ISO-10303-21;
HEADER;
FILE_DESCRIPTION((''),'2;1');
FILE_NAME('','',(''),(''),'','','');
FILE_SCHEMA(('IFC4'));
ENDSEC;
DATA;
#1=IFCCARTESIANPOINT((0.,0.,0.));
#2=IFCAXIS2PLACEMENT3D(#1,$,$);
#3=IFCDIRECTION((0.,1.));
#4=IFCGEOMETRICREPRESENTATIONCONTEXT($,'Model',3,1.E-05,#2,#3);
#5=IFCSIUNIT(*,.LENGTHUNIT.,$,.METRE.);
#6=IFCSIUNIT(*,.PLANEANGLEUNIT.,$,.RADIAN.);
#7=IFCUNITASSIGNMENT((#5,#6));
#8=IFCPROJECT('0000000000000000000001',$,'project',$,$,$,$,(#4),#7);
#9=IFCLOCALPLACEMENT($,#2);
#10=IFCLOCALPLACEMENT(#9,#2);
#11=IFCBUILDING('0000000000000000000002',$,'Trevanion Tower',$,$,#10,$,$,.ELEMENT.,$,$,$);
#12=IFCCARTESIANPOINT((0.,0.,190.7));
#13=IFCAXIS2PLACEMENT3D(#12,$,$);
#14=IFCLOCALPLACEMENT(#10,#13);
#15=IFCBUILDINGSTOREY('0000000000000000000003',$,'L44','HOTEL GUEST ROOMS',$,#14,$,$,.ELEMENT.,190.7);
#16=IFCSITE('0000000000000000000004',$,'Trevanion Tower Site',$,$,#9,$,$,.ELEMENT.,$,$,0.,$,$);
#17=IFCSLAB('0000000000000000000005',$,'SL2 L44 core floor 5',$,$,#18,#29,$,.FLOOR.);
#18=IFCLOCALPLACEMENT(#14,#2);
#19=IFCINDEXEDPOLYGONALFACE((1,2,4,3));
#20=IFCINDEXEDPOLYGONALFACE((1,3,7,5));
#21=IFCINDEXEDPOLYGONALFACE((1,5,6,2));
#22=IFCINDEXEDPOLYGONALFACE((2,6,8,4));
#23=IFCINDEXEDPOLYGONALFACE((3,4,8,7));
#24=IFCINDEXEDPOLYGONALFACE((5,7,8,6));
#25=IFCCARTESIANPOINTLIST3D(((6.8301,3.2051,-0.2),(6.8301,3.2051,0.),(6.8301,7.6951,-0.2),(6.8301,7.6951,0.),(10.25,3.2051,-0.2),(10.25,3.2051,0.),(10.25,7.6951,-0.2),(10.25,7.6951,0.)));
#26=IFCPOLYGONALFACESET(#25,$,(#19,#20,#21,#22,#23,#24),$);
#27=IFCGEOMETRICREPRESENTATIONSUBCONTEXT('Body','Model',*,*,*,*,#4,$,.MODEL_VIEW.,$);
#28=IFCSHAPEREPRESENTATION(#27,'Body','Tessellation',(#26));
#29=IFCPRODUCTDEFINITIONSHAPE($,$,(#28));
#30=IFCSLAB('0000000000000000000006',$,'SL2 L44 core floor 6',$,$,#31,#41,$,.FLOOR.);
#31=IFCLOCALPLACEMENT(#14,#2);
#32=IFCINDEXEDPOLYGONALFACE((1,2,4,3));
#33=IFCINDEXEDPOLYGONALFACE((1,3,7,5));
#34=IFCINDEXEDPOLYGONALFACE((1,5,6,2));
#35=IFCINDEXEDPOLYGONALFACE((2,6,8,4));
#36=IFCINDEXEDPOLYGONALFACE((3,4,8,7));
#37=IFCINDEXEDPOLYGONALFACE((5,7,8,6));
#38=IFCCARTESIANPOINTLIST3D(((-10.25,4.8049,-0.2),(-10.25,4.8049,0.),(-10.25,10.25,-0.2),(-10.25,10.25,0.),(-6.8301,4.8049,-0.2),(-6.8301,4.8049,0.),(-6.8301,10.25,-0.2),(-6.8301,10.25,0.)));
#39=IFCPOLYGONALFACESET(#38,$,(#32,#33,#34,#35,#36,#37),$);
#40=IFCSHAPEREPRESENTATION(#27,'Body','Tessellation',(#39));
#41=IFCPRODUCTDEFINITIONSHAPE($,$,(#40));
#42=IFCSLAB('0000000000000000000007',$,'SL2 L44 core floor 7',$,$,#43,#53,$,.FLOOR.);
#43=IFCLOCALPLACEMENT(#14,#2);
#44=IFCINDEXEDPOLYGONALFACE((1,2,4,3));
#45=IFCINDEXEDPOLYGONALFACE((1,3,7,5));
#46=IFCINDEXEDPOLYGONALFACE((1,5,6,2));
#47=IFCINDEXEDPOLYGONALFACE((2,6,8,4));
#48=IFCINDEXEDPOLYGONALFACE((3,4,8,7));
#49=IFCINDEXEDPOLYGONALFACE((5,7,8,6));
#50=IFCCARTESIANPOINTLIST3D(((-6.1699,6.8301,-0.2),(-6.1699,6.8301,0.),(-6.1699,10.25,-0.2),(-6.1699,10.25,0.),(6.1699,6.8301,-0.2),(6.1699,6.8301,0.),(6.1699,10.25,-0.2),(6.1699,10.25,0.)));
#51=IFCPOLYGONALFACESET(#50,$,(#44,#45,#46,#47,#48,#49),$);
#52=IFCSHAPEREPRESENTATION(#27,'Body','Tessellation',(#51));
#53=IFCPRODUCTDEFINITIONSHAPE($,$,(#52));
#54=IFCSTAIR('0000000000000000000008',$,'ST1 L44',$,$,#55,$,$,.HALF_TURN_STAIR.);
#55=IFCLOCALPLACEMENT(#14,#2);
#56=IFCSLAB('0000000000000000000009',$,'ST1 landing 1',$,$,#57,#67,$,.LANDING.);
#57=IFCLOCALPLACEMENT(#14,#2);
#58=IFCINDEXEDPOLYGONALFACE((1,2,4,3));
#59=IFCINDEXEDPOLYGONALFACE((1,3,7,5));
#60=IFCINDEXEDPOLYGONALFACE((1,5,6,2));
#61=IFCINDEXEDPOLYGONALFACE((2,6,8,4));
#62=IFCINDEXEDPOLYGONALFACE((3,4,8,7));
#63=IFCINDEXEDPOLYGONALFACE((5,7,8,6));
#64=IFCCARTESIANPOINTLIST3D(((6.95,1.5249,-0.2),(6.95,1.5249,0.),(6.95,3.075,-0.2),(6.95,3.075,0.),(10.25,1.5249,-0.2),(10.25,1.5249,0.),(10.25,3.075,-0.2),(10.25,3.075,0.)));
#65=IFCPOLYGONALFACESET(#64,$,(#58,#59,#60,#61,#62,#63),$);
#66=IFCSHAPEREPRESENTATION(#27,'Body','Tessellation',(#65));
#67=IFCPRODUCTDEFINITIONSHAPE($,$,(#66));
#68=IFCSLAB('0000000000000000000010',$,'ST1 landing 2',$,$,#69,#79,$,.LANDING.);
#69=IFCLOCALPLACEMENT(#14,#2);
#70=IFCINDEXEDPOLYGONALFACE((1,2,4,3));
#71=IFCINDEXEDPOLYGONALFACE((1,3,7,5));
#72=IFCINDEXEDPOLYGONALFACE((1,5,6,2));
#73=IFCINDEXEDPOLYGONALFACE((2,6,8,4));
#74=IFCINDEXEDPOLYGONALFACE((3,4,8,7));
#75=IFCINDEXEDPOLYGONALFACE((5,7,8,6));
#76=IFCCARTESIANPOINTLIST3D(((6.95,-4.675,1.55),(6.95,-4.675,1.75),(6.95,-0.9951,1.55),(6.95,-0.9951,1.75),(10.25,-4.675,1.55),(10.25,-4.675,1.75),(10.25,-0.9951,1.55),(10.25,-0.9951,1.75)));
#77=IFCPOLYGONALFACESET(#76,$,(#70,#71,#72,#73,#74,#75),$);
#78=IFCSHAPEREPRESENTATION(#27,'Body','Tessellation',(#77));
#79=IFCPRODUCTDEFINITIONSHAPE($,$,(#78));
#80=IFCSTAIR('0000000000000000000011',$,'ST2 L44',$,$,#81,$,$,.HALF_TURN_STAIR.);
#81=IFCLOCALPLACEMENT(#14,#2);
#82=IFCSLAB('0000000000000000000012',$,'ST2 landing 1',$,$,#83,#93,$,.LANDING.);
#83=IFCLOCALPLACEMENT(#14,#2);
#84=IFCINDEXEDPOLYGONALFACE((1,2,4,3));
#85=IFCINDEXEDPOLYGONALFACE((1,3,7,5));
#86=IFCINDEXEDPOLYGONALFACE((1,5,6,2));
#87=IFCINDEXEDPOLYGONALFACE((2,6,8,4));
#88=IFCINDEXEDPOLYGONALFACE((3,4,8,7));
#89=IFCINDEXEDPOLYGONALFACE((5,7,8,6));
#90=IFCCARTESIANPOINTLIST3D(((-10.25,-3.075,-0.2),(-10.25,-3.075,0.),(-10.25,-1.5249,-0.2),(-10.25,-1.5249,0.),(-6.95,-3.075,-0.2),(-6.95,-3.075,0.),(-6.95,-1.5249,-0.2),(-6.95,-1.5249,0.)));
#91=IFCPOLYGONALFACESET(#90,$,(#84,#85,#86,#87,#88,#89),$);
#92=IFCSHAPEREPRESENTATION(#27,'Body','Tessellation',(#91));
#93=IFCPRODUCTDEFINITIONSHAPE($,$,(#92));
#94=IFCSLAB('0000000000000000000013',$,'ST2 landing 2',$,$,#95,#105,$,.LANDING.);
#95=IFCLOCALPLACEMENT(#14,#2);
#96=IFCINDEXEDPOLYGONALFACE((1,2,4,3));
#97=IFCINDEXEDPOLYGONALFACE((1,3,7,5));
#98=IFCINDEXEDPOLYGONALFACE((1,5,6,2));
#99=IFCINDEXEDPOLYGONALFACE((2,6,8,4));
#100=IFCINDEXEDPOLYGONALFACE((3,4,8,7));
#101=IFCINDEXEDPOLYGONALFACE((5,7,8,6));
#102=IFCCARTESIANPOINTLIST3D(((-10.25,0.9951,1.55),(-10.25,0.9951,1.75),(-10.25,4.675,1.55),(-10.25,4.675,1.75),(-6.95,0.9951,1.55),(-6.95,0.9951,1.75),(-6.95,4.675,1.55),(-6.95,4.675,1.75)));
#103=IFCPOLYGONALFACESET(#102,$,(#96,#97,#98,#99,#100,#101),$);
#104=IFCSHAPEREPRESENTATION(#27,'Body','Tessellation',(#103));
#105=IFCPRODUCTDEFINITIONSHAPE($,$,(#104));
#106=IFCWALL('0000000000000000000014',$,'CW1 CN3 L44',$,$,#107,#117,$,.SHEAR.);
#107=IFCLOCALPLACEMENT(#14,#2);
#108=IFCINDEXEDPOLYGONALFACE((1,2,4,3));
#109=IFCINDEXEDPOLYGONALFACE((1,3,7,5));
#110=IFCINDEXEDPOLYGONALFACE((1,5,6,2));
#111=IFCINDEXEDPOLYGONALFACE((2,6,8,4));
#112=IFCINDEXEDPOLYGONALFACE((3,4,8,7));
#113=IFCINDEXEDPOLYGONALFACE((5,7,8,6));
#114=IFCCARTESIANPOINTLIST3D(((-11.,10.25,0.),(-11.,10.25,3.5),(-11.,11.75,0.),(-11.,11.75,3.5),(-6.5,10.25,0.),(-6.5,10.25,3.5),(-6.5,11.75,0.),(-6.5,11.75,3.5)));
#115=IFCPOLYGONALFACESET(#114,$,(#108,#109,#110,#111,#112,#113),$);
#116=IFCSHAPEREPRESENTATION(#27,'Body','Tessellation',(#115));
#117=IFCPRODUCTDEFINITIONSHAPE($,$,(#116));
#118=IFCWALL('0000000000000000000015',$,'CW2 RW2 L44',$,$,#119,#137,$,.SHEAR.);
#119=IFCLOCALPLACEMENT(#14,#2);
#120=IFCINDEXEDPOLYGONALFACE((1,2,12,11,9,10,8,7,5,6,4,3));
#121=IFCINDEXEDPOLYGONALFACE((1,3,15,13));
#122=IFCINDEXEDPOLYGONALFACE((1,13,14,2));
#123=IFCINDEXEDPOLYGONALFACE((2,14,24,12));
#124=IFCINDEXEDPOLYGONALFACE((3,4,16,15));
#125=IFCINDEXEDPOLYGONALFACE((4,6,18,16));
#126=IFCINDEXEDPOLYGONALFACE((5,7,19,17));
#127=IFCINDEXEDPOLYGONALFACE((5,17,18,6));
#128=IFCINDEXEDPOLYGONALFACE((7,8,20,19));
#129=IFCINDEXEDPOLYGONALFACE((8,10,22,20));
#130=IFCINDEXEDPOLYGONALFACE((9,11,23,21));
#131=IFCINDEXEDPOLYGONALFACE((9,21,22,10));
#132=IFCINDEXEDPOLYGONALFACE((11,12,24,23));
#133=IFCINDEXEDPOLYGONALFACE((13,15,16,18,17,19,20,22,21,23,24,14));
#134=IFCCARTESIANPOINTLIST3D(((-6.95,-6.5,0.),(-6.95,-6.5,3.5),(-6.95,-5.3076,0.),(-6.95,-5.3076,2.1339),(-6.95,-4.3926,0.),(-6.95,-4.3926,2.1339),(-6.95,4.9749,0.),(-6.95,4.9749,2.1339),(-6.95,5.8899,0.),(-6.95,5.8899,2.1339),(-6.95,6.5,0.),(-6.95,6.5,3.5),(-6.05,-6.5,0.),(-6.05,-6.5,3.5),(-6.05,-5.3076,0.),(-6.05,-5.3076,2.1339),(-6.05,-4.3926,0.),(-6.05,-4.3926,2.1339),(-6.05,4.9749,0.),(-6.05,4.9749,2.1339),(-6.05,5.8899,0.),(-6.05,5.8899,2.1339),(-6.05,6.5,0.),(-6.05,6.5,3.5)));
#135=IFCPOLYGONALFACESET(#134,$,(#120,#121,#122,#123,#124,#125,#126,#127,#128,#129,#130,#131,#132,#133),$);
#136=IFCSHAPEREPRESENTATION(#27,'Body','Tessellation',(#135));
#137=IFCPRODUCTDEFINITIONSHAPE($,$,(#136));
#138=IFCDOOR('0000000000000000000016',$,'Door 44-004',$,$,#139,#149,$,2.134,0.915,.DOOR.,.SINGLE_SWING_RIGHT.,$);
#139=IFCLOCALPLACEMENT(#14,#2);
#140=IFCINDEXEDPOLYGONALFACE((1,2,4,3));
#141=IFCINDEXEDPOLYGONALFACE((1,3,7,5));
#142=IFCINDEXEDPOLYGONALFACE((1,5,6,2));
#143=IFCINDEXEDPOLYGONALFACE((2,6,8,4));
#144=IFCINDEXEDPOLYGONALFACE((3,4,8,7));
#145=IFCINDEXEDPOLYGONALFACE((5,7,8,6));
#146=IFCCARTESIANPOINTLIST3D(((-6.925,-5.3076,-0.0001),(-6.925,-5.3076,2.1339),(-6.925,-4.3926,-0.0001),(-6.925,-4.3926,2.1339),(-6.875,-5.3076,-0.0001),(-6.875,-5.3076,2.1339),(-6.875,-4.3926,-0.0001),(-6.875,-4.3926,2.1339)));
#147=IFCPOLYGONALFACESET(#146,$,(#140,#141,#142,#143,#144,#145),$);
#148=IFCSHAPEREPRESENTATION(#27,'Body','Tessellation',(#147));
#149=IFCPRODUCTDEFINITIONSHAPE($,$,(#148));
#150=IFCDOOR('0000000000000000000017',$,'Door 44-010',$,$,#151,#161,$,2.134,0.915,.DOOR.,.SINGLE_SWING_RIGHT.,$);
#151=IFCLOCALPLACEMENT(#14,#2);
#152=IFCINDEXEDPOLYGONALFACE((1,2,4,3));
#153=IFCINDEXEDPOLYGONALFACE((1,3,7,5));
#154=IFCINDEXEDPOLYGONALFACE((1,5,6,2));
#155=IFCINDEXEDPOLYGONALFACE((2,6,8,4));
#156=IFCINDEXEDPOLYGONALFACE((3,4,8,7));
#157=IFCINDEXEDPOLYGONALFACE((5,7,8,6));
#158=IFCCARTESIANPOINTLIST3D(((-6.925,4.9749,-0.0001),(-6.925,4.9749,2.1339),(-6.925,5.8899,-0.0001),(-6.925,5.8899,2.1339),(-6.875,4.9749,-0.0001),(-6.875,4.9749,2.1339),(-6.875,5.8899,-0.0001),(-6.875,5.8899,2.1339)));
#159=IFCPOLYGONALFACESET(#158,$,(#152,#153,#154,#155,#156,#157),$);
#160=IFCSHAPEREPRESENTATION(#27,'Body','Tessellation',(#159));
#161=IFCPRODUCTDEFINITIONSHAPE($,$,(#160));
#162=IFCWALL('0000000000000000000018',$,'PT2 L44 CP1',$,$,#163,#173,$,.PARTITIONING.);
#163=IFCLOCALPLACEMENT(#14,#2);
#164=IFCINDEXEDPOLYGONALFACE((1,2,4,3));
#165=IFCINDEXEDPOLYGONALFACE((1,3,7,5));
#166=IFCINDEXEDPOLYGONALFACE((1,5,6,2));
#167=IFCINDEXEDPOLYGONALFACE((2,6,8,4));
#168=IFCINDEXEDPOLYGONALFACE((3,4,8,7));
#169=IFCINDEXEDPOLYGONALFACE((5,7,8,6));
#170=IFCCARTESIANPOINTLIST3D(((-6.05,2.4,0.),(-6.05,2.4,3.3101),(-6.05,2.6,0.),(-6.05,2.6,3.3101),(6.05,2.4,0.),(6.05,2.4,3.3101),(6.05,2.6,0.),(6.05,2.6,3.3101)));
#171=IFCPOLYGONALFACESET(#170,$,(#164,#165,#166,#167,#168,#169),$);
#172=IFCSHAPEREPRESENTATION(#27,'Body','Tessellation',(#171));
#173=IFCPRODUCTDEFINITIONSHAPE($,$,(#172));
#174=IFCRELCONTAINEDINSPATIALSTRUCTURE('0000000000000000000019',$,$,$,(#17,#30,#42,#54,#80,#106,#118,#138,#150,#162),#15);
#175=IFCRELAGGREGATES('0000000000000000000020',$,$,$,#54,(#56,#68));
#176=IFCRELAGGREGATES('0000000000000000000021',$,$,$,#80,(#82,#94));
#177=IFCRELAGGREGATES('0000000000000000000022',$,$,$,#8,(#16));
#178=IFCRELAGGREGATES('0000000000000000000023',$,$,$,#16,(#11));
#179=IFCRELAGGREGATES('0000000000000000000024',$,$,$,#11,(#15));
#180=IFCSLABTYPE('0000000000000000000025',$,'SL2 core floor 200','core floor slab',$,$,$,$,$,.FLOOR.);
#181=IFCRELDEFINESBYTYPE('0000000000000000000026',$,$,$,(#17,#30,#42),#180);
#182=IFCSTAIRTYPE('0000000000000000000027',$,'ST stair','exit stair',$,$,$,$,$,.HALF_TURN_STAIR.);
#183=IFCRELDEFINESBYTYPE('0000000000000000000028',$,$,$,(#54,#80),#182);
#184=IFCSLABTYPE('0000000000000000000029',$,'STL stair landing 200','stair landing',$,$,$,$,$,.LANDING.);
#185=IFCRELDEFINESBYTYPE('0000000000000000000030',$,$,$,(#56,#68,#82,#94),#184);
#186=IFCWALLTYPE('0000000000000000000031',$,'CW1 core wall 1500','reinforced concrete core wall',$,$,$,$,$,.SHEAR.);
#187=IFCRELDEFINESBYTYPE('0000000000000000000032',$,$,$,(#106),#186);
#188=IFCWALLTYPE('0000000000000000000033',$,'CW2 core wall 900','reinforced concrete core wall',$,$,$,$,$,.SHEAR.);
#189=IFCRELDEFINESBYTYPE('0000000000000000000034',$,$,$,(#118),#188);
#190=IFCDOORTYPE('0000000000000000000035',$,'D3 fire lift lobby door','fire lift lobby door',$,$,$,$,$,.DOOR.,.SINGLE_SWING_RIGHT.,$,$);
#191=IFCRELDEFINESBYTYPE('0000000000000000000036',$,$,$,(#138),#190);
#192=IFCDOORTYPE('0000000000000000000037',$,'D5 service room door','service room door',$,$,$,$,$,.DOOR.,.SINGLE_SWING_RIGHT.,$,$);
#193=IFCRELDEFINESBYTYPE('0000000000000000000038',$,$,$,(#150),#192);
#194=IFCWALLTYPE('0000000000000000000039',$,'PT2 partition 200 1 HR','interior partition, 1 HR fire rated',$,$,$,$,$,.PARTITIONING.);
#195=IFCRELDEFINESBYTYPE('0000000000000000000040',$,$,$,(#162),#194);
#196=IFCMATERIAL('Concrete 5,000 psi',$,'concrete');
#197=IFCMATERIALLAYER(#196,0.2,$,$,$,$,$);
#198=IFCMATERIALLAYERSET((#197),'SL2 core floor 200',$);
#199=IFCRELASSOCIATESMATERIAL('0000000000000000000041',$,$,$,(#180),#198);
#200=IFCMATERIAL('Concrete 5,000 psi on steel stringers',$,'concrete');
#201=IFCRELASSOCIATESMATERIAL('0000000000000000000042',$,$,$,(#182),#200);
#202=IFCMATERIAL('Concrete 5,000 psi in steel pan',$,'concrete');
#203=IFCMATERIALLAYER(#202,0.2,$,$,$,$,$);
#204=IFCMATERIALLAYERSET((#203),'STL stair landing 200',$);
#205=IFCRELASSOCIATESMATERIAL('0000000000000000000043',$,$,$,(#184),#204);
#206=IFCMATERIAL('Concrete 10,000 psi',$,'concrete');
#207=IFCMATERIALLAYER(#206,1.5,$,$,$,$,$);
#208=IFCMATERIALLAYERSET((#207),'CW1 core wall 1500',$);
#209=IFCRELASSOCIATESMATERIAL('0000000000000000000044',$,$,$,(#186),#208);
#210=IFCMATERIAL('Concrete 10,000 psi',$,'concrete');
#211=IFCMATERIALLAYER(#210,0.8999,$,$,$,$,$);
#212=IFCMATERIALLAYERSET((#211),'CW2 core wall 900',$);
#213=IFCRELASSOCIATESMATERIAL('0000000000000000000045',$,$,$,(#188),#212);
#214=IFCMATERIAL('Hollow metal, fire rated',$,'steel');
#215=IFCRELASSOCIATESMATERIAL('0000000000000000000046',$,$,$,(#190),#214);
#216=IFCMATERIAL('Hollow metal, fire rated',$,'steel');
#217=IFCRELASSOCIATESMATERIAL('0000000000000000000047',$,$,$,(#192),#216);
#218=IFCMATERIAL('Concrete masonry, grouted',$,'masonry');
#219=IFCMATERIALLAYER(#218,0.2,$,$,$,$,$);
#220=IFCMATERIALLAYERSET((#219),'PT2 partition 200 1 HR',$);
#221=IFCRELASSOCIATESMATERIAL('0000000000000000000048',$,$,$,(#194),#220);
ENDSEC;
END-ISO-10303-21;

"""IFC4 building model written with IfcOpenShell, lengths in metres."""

from ifc_helpers import new_model, si_unit, direction, frame, frame_2d, origin, place, context, subcontext, project, spatial, polyline, rectangle, outline, extrude, material, layer, layer_set, type_object, element, fill, aggregate, save


model = new_model("IFC4")

# Units and contexts
model_context = context("Model", 3, precision=1e-05, world=origin(), true_north=direction((0.0, 1.0)))
body_context = subcontext(model_context, "Body", "Model", "MODEL_VIEW")
ifc_project = project(units=[si_unit("LENGTHUNIT", "METRE"), si_unit("PLANEANGLEUNIT", "RADIAN")], contexts=[model_context])

# Site, building, storey
site_placement = place(None, origin())
site = spatial("IfcSite", under=ifc_project, at=site_placement, Name="Trevanion Tower Site", CompositionType="ELEMENT", RefElevation=0.0)
building_placement = place(site_placement, origin())
building = spatial("IfcBuilding", under=site, at=building_placement, Name="Trevanion Tower", CompositionType="ELEMENT")
storey_placement = place(building_placement, frame((0.0, 0.0, 190.7)))
storey = spatial("IfcBuildingStorey", under=building, at=storey_placement, Name="L44", Description="HOTEL GUEST ROOMS", CompositionType="ELEMENT", Elevation=190.7)

# Slabs
ifc_material_1 = material(Name="Concrete 5,000 psi", Category="concrete")
ifc_layer_1 = layer(ifc_material_1, 0.2)
ifc_layer_set_1 = layer_set([ifc_layer_1], Name="SL2 core floor 200")
slab_type_1 = type_object("IfcSlabType", Name="SL2 core floor 200", Description="core floor slab", PredefinedType="FLOOR", material=ifc_layer_set_1)
slab_1_placement = place(storey_placement, frame((0.0, 0.0, -0.2)))
element("IfcSlab", 1, at=slab_1_placement, inside=storey, type_object=slab_type_1, Name="SL2 L44 core floor 5", PredefinedType="FLOOR", context=body_context, shape_type="SweptSolid", body=[
    extrude(outline(polyline([(6.8301, 3.2051), (6.8301, 7.6951), (10.25, 7.6951), (10.25, 3.2051), (6.8301, 3.2051)])), origin(), (0.0, 0.0, 1.0), 0.2),
])
slab_2_placement = place(storey_placement, frame((0.0, 0.0, -0.2)))
element("IfcSlab", 2, at=slab_2_placement, inside=storey, type_object=slab_type_1, Name="SL2 L44 core floor 6", PredefinedType="FLOOR", context=body_context, shape_type="SweptSolid", body=[
    extrude(outline(polyline([(-6.8301, 4.8049), (-10.25, 4.8049), (-10.25, 10.25), (-6.8301, 10.25), (-6.8301, 4.8049)])), origin(), (0.0, 0.0, 1.0), 0.2),
])
slab_3_placement = place(storey_placement, frame((0.0, 0.0, -0.2)))
element("IfcSlab", 3, at=slab_3_placement, inside=storey, type_object=slab_type_1, Name="SL2 L44 core floor 7", PredefinedType="FLOOR", context=body_context, shape_type="SweptSolid", body=[
    extrude(outline(polyline([(6.1699, 6.8301), (-6.1699, 6.8301), (-6.1699, 10.25), (6.1699, 10.25), (6.1699, 6.8301)])), origin(), (0.0, 0.0, 1.0), 0.2),
])

# Stairs, slabs
ifc_material_2 = material(Name="Concrete 5,000 psi on steel stringers", Category="concrete")
stair_type = type_object("IfcStairType", Name="ST stair", Description="exit stair", PredefinedType="HALF_TURN_STAIR", material=ifc_material_2)
stair_1_placement = place(storey_placement, origin())
stair_1 = element("IfcStair", 4, at=stair_1_placement, inside=storey, type_object=stair_type, Name="ST1 L44", PredefinedType="HALF_TURN_STAIR")
ifc_material_3 = material(Name="Concrete 5,000 psi in steel pan", Category="concrete")
ifc_layer_2 = layer(ifc_material_3, 0.2)
ifc_layer_set_2 = layer_set([ifc_layer_2], Name="STL stair landing 200")
slab_type_2 = type_object("IfcSlabType", Name="STL stair landing 200", Description="stair landing", PredefinedType="LANDING", material=ifc_layer_set_2)
slab_4_placement = place(storey_placement, frame((0.0, 0.0, -0.2)))
slab_4 = element("IfcSlab", 5, at=slab_4_placement, type_object=slab_type_2, Name="ST1 landing 1", PredefinedType="LANDING", context=body_context, shape_type="SweptSolid", body=[
    extrude(outline(polyline([(6.95, 1.5249), (10.25, 1.5249), (10.25, 3.075), (6.95, 3.075), (6.95, 1.5249)])), origin(), (0.0, 0.0, 1.0), 0.2),
])
slab_5_placement = place(storey_placement, frame((0.0, 0.0, 1.55)))
slab_5 = element("IfcSlab", 6, at=slab_5_placement, type_object=slab_type_2, Name="ST1 landing 2", PredefinedType="LANDING", context=body_context, shape_type="SweptSolid", body=[
    extrude(outline(polyline([(6.95, -4.675), (10.25, -4.675), (10.25, -0.9951), (6.95, -0.9951), (6.95, -4.675)])), origin(), (0.0, 0.0, 1.0), 0.2),
])
aggregate(stair_1, [slab_4, slab_5])
stair_2_placement = place(storey_placement, origin())
stair_2 = element("IfcStair", 7, at=stair_2_placement, inside=storey, type_object=stair_type, Name="ST2 L44", PredefinedType="HALF_TURN_STAIR")
slab_6_placement = place(storey_placement, frame((0.0, 0.0, -0.2)))
slab_6 = element("IfcSlab", 8, at=slab_6_placement, type_object=slab_type_2, Name="ST2 landing 1", PredefinedType="LANDING", context=body_context, shape_type="SweptSolid", body=[
    extrude(outline(polyline([(-6.95, -1.5249), (-10.25, -1.5249), (-10.25, -3.075), (-6.95, -3.075), (-6.95, -1.5249)])), origin(), (0.0, 0.0, 1.0), 0.2),
])
slab_7_placement = place(storey_placement, frame((0.0, 0.0, 1.55)))
slab_7 = element("IfcSlab", 9, at=slab_7_placement, type_object=slab_type_2, Name="ST2 landing 2", PredefinedType="LANDING", context=body_context, shape_type="SweptSolid", body=[
    extrude(outline(polyline([(-6.95, 4.675), (-10.25, 4.675), (-10.25, 0.9951), (-6.95, 0.9951), (-6.95, 4.675)])), origin(), (0.0, 0.0, 1.0), 0.2),
])

# Wall
ifc_material_4 = material(Name="Concrete 10,000 psi", Category="concrete")
ifc_layer_3 = layer(ifc_material_4, 1.5)
ifc_layer_set_3 = layer_set([ifc_layer_3], Name="CW1 core wall 1500")
wall_type_1 = type_object("IfcWallType", Name="CW1 core wall 1500", Description="reinforced concrete core wall", PredefinedType="SHEAR", material=ifc_layer_set_3)
wall_1_placement = place(storey_placement, frame((-6.5, 11.0, 0.0), z_axis=(0.0, 0.0, 1.0), x_axis=(-1.0, 0.0, 0.0)))
element("IfcWall", 10, at=wall_1_placement, inside=storey, type_object=wall_type_1, Name="CW1 CN3 L44", PredefinedType="SHEAR", context=body_context, shape_type="SweptSolid", body=[
    extrude(rectangle(XDim=4.5, YDim=1.5, at=frame_2d((2.25, 0.0))), origin(), (0.0, 0.0, 1.0), 3.5),
])

# Wall, openings, doors
ifc_material_5 = material(Name="Concrete 10,000 psi", Category="concrete")
ifc_layer_4 = layer(ifc_material_5, 0.8999)
ifc_layer_set_4 = layer_set([ifc_layer_4], Name="CW2 core wall 900")
wall_type_2 = type_object("IfcWallType", Name="CW2 core wall 900", Description="reinforced concrete core wall", PredefinedType="SHEAR", material=ifc_layer_set_4)
wall_2_placement = place(storey_placement, frame((-6.5, 6.5, 0.0), z_axis=(0.0, 0.0, 1.0), x_axis=(0.0, -1.0, 0.0)))
wall_2 = element("IfcWall", 11, at=wall_2_placement, inside=storey, type_object=wall_type_2, Name="CW2 RW2 L44", PredefinedType="SHEAR", context=body_context, shape_type="SweptSolid", body=[
    extrude(rectangle(XDim=13.0, YDim=0.8999, at=frame_2d((6.5, 0.0))), origin(), (0.0, 0.0, 1.0), 3.5),
])
opening_1_placement = place(wall_2_placement, frame((10.8926, 0.0, 0.0)))
opening_1 = element("IfcOpeningElement", 12, at=opening_1_placement, cuts=wall_2, PredefinedType="OPENING", context=body_context, shape_type="SweptSolid", body=[
    extrude(rectangle(XDim=0.915, YDim=2.134, at=frame_2d((0.4575, 1.0669))), frame((0.0, 0.46, 0.0), z_axis=(0.0, -1.0, 0.0), x_axis=(1.0, 0.0, 0.0)), (0.0, 0.0, 1.0), 0.9199),
])
opening_2_placement = place(wall_2_placement, frame((0.6101, 0.0, 0.0)))
opening_2 = element("IfcOpeningElement", 13, at=opening_2_placement, cuts=wall_2, PredefinedType="OPENING", context=body_context, shape_type="SweptSolid", body=[
    extrude(rectangle(XDim=0.915, YDim=2.134, at=frame_2d((0.4575, 1.0669))), frame((0.0, 0.46, 0.0), z_axis=(0.0, -1.0, 0.0), x_axis=(1.0, 0.0, 0.0)), (0.0, 0.0, 1.0), 0.9199),
])
ifc_material_6 = material(Name="Hollow metal, fire rated", Category="steel")
door_type_1 = type_object("IfcDoorType", Name="D3 fire lift lobby door", Description="fire lift lobby door", OperationType="SINGLE_SWING_RIGHT", PredefinedType="DOOR", material=ifc_material_6)
door_1_placement = place(opening_1_placement, origin())
door_1 = element("IfcDoor", 14, at=door_1_placement, inside=storey, type_object=door_type_1, Name="Door 44-004", OperationType="SINGLE_SWING_RIGHT", OverallHeight=2.134, OverallWidth=0.915, PredefinedType="DOOR", context=body_context, shape_type="SweptSolid", body=[
    extrude(rectangle(XDim=0.915, YDim=2.134, at=frame_2d((0.4575, 1.0669))), frame((0.0, -0.375, 0.0), z_axis=(0.0, -1.0, 0.0), x_axis=(1.0, 0.0, 0.0)), (0.0, 0.0, 1.0), 0.05),
])
fill(opening_1, door_1)
ifc_material_7 = material(Name="Hollow metal, fire rated", Category="steel")
door_type_2 = type_object("IfcDoorType", Name="D5 service room door", Description="service room door", OperationType="SINGLE_SWING_RIGHT", PredefinedType="DOOR", material=ifc_material_7)
door_2_placement = place(opening_2_placement, origin())
door_2 = element("IfcDoor", 15, at=door_2_placement, inside=storey, type_object=door_type_2, Name="Door 44-010", OperationType="SINGLE_SWING_RIGHT", OverallHeight=2.134, OverallWidth=0.915, PredefinedType="DOOR", context=body_context, shape_type="SweptSolid", body=[
    extrude(rectangle(XDim=0.915, YDim=2.134, at=frame_2d((0.4575, 1.0669))), frame((0.0, -0.375, 0.0), z_axis=(0.0, -1.0, 0.0), x_axis=(1.0, 0.0, 0.0)), (0.0, 0.0, 1.0), 0.05),
])
fill(opening_2, door_2)

# Wall
ifc_material_8 = material(Name="Concrete masonry, grouted", Category="masonry")
ifc_layer_5 = layer(ifc_material_8, 0.2)
ifc_layer_set_5 = layer_set([ifc_layer_5], Name="PT2 partition 200 1 HR")
wall_type_3 = type_object("IfcWallType", Name="PT2 partition 200 1 HR", Description="interior partition, 1 HR fire rated", PredefinedType="PARTITIONING", material=ifc_layer_set_5)
wall_3_placement = place(storey_placement, frame((-6.05, 2.5, 0.0), z_axis=(0.0, 0.0, 1.0), x_axis=(1.0, 0.0, 0.0)))
element("IfcWall", 16, at=wall_3_placement, inside=storey, type_object=wall_type_3, Name="PT2 L44 CP1", PredefinedType="PARTITIONING", context=body_context, shape_type="SweptSolid", body=[
    extrude(rectangle(XDim=12.1001, YDim=0.2, at=frame_2d((6.05, 0.0))), origin(), (0.0, 0.0, 1.0), 3.3101),
])

aggregate(stair_2, [slab_6, slab_7])

save(model, "model.ifc")
